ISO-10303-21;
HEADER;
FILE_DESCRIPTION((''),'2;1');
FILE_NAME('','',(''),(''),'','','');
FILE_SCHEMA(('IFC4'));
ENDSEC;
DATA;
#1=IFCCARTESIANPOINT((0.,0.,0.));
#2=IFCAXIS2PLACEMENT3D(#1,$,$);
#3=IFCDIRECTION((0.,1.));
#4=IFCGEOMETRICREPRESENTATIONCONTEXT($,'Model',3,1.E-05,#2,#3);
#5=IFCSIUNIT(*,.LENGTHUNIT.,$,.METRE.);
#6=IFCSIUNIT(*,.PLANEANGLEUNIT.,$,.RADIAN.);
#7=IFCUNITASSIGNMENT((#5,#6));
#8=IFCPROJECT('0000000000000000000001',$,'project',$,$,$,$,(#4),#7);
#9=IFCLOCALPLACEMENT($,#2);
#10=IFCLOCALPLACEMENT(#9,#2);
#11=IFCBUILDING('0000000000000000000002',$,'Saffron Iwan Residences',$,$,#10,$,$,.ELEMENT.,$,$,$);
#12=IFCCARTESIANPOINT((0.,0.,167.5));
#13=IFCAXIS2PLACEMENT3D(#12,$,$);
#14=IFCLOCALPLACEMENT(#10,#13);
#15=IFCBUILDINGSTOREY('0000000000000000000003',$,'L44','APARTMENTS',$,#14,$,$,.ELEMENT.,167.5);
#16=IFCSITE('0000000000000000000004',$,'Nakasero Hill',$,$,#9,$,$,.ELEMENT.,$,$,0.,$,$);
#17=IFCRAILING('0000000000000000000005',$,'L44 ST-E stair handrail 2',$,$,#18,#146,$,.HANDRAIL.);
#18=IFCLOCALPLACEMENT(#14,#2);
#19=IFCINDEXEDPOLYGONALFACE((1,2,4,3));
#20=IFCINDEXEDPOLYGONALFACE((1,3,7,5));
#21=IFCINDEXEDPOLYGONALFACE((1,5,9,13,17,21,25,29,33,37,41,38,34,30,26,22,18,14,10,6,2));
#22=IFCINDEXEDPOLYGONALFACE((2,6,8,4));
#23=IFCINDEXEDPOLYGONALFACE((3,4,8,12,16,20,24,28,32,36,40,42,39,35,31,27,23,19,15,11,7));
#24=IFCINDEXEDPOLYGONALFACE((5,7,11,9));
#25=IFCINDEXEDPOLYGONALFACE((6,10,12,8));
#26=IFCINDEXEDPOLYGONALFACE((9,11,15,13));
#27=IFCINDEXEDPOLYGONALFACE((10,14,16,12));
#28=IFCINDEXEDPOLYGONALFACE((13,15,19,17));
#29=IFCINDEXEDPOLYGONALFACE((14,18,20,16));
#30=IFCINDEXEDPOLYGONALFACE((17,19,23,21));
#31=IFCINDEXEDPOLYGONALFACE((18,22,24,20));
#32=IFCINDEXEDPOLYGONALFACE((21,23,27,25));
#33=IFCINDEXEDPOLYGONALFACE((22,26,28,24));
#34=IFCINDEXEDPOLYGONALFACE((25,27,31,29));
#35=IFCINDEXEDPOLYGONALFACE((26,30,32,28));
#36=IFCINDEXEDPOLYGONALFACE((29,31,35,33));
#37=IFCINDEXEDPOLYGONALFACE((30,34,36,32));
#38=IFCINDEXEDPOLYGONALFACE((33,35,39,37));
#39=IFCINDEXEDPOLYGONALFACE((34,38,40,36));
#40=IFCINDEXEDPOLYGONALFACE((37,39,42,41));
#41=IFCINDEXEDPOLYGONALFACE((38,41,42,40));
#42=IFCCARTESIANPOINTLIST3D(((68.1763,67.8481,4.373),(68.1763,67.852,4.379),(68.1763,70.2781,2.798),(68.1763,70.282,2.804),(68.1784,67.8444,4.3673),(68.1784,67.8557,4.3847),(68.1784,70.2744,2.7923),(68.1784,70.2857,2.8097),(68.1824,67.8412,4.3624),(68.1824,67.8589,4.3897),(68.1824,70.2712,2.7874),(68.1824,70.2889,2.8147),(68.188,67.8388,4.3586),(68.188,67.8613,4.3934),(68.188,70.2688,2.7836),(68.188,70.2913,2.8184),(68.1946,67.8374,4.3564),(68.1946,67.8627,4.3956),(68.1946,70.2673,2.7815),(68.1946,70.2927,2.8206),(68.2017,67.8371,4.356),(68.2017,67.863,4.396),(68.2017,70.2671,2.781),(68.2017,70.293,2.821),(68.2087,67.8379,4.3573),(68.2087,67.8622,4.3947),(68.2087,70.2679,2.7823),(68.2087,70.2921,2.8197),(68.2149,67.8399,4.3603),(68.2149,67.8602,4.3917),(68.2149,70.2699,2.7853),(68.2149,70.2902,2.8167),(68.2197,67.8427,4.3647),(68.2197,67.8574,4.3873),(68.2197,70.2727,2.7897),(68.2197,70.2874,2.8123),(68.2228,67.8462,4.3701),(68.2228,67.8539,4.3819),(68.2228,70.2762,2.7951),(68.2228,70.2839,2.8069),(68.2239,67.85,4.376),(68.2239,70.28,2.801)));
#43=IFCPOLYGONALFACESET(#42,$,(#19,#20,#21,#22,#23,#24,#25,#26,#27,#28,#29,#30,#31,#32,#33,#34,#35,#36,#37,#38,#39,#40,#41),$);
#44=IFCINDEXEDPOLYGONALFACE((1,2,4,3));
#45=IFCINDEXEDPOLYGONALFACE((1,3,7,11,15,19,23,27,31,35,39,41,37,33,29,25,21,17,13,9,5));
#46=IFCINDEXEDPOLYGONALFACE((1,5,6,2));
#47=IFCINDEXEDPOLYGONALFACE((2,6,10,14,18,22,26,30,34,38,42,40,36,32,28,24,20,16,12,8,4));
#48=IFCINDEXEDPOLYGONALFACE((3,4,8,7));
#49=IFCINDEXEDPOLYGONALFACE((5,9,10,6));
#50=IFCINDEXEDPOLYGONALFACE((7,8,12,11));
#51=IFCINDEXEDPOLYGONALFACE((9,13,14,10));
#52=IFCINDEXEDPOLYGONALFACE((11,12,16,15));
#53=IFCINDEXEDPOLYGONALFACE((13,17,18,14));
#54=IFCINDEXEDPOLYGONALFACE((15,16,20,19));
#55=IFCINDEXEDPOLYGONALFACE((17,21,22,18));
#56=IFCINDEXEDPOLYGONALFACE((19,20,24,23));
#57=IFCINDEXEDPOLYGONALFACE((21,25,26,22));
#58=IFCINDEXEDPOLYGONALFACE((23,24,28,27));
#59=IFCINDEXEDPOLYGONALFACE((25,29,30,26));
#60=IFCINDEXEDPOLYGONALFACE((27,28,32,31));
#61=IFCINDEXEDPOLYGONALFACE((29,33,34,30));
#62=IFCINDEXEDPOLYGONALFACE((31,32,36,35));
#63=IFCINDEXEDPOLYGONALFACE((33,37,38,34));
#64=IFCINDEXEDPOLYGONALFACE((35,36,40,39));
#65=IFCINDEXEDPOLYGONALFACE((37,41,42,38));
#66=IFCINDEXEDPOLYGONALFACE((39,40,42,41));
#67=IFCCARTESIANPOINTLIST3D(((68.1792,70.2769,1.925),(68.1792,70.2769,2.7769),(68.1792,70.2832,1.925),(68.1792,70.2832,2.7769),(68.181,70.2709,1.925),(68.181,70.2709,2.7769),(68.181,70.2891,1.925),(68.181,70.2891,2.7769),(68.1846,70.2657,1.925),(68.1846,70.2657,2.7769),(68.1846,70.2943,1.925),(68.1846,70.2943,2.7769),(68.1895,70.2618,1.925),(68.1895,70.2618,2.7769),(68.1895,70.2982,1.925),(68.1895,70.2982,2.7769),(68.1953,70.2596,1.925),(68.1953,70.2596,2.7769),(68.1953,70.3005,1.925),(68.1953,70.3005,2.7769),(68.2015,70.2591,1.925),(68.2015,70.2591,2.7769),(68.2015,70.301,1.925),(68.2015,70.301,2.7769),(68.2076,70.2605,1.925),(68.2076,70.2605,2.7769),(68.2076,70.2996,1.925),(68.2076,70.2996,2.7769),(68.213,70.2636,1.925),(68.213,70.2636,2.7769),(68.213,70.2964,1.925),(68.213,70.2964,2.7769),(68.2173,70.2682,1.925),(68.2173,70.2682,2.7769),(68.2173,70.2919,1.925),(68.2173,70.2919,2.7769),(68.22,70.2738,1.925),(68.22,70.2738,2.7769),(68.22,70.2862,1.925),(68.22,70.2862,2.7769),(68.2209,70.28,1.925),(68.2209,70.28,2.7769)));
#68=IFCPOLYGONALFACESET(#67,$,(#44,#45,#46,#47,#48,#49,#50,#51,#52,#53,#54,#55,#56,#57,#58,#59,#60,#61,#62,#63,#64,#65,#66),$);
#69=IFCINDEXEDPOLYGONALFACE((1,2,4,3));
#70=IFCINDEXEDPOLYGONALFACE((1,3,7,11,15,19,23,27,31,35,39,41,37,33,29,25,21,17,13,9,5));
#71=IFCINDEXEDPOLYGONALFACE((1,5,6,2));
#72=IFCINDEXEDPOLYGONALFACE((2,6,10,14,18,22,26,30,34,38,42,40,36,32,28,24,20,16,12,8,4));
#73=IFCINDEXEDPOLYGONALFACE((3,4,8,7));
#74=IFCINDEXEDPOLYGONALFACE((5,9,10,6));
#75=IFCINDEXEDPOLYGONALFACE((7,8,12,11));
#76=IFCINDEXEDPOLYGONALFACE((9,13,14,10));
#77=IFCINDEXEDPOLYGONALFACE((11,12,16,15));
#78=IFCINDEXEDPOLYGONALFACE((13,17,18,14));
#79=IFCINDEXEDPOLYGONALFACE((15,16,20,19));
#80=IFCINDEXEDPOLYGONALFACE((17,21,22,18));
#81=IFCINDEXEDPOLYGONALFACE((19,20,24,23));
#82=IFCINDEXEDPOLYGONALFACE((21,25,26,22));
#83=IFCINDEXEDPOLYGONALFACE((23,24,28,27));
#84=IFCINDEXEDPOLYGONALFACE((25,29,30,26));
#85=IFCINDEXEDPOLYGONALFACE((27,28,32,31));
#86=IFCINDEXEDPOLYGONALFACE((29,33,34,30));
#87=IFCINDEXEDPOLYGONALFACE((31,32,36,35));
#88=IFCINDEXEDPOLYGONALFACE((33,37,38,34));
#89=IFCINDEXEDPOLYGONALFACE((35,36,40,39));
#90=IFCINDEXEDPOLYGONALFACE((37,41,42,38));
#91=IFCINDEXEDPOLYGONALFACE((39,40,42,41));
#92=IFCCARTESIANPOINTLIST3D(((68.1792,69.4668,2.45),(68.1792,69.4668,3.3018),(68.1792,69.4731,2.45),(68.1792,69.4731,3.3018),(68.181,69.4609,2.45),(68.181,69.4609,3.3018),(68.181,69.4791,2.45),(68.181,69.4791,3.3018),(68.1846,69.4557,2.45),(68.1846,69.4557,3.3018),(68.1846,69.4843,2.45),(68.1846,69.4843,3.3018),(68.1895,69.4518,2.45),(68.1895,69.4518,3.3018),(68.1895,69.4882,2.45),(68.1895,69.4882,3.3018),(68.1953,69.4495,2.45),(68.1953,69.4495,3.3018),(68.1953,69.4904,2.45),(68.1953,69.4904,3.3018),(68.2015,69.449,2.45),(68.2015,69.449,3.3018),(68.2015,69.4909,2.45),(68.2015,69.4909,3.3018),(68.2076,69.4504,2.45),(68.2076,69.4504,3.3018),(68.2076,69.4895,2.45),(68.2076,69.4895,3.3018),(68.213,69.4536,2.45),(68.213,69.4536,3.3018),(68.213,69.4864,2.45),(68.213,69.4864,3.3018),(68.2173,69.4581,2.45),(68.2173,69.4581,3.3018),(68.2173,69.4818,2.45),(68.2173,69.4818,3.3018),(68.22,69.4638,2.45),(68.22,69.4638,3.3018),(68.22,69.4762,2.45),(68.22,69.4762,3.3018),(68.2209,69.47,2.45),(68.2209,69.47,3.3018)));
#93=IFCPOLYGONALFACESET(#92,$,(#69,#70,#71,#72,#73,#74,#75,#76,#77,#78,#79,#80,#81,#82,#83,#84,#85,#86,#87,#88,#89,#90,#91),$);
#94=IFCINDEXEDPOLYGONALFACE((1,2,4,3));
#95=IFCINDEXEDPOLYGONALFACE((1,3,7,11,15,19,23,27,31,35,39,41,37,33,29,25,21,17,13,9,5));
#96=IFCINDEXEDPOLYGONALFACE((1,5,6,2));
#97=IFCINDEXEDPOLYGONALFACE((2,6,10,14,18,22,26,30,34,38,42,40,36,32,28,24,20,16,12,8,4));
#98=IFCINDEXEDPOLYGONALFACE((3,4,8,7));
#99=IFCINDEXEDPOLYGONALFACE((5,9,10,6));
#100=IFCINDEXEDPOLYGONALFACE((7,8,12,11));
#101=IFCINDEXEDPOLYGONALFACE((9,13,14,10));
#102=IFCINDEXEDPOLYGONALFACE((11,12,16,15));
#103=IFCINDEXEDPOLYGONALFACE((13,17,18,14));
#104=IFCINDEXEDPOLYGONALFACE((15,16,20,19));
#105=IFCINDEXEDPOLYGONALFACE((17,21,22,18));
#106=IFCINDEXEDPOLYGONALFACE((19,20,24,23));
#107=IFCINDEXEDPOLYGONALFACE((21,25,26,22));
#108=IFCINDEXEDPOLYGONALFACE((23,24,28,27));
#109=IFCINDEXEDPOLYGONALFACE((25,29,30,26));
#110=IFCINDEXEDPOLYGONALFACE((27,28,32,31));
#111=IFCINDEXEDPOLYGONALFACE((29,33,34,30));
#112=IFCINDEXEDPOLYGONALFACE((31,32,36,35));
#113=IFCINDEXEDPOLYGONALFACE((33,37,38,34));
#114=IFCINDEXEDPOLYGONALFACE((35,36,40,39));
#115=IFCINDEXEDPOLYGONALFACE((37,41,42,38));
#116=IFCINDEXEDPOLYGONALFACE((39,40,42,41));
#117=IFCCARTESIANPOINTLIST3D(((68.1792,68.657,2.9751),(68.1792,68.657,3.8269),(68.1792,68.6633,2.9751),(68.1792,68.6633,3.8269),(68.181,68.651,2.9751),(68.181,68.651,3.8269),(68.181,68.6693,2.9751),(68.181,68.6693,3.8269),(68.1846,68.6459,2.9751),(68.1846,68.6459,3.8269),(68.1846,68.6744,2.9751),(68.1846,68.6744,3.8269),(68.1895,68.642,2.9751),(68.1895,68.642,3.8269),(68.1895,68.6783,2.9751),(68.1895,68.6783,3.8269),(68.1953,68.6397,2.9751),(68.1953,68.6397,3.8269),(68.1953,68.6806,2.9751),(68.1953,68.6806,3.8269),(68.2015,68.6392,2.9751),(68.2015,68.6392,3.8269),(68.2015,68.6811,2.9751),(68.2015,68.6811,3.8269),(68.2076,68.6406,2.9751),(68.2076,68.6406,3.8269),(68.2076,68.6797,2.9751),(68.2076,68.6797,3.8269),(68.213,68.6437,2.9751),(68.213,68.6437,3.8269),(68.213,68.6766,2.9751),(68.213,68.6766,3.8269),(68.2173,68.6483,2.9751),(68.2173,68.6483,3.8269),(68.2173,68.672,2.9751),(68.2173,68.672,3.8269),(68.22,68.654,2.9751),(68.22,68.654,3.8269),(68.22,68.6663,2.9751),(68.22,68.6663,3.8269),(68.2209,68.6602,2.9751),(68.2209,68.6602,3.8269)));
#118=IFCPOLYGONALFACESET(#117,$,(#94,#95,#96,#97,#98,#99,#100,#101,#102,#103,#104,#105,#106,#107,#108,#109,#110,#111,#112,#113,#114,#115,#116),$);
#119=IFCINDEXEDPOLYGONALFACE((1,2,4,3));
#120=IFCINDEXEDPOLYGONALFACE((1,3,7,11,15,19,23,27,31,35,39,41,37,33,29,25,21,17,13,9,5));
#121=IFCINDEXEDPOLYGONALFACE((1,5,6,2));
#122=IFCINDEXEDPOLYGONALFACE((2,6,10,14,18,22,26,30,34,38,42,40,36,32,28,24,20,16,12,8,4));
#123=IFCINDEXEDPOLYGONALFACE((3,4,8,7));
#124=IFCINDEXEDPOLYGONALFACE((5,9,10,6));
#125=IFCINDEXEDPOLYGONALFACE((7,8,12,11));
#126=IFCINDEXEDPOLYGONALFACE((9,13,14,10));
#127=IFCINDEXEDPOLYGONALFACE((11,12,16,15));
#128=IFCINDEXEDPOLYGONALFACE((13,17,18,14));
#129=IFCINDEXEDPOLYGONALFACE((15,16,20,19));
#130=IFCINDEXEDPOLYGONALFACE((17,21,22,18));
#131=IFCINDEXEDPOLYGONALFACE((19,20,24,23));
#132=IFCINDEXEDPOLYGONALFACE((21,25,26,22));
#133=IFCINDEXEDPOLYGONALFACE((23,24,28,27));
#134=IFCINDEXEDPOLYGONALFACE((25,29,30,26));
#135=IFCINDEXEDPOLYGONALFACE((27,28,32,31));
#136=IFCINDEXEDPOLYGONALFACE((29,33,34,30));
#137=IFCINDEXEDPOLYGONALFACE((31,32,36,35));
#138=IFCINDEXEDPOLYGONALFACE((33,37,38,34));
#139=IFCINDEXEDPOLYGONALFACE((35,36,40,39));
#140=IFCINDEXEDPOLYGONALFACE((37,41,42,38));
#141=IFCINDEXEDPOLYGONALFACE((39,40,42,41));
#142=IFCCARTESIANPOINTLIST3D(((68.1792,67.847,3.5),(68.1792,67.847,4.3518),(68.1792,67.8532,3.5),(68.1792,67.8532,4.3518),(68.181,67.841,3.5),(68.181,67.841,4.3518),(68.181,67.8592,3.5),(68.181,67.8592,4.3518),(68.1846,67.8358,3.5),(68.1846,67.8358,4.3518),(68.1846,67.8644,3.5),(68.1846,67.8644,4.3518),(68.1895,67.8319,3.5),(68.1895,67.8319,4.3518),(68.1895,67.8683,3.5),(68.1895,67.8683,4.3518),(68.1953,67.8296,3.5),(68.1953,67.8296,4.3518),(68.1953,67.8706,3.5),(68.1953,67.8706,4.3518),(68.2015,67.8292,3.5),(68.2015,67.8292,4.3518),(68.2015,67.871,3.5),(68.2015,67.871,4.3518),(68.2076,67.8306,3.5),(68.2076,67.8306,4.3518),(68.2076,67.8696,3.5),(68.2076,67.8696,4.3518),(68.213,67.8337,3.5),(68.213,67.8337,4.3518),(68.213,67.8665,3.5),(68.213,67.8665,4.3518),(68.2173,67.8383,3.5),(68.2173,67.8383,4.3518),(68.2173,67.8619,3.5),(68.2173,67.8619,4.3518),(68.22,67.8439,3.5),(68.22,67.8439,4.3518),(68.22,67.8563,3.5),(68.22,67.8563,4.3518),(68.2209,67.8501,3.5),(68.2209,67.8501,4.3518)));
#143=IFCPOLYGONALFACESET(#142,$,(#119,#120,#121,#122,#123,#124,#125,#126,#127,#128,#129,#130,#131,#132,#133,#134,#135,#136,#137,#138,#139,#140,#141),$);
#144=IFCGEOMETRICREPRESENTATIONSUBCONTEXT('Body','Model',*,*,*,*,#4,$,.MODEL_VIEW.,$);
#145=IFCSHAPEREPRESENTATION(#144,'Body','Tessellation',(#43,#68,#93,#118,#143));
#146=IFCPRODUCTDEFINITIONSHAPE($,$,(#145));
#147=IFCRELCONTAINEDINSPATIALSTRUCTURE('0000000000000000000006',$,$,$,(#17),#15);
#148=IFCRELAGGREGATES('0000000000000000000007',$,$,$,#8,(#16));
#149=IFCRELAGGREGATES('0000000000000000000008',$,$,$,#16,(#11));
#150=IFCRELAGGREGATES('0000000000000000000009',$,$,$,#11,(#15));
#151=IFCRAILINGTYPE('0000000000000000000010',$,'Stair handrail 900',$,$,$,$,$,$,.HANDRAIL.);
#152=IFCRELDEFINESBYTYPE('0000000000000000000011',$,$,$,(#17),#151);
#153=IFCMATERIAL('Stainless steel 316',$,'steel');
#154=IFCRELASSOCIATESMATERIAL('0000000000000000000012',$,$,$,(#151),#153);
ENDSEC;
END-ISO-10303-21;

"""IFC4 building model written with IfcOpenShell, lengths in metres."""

from ifc_helpers import new_model, si_unit, direction, frame, origin, origin_2d, place, context, subcontext, project, spatial, circle, extrude, material, type_object, element, save


model = new_model("IFC4")

# Units and contexts
model_context = context("Model", 3, precision=1e-05, world=origin(), true_north=direction((0.0, 1.0)))
body_context = subcontext(model_context, "Body", "Model", "MODEL_VIEW")
ifc_project = project(units=[si_unit("LENGTHUNIT", "METRE"), si_unit("PLANEANGLEUNIT", "RADIAN")], contexts=[model_context])

# Site, building, storey
site_placement = place(None, origin())
site = spatial("IfcSite", under=ifc_project, at=site_placement, Name="Nakasero Hill", CompositionType="ELEMENT", RefElevation=0.0)
building_placement = place(site_placement, origin())
building = spatial("IfcBuilding", under=site, at=building_placement, Name="Saffron Iwan Residences", CompositionType="ELEMENT")
storey_placement = place(building_placement, frame((0.0, 0.0, 167.5)))
storey = spatial("IfcBuildingStorey", under=building, at=storey_placement, Name="L44", Description="APARTMENTS", CompositionType="ELEMENT", Elevation=167.5)

# Railing
ifc_material_1 = material(Name="Stainless steel 316", Category="steel")
railing_type_1 = type_object("IfcRailingType", Name="Stair handrail 900", PredefinedType="HANDRAIL", material=ifc_material_1)
railing_1_placement = place(storey_placement, frame((68.2, 70.28, 1.925)))
element("IfcRailing", 1, at=railing_1_placement, inside=storey, type_object=railing_type_1, Name="L44 ST-E stair handrail 2", PredefinedType="HANDRAIL", context=body_context, shape_type="SweptSolid", body=[
    extrude(circle(Radius=0.0239, at=origin_2d()), frame((0.0, 0.0, 0.876), z_axis=(0.0, -0.839154, 0.543894), x_axis=(1.0, 0.0, 0.0)), (0.0, 0.0, 1.0), 2.8958),
    extrude(circle(Radius=0.021, at=origin_2d()), origin(), (0.0, 0.0, 1.0), 0.8518),
    extrude(circle(Radius=0.021, at=origin_2d()), frame((0.0, -0.8101, 0.5249)), (0.0, 0.0, 1.0), 0.8518),
    extrude(circle(Radius=0.021, at=origin_2d()), frame((0.0, -1.6199, 1.05)), (0.0, 0.0, 1.0), 0.8518),
    extrude(circle(Radius=0.021, at=origin_2d()), frame((0.0, -2.4299, 1.575)), (0.0, 0.0, 1.0), 0.8518),
])

save(model, "model.ifc")
